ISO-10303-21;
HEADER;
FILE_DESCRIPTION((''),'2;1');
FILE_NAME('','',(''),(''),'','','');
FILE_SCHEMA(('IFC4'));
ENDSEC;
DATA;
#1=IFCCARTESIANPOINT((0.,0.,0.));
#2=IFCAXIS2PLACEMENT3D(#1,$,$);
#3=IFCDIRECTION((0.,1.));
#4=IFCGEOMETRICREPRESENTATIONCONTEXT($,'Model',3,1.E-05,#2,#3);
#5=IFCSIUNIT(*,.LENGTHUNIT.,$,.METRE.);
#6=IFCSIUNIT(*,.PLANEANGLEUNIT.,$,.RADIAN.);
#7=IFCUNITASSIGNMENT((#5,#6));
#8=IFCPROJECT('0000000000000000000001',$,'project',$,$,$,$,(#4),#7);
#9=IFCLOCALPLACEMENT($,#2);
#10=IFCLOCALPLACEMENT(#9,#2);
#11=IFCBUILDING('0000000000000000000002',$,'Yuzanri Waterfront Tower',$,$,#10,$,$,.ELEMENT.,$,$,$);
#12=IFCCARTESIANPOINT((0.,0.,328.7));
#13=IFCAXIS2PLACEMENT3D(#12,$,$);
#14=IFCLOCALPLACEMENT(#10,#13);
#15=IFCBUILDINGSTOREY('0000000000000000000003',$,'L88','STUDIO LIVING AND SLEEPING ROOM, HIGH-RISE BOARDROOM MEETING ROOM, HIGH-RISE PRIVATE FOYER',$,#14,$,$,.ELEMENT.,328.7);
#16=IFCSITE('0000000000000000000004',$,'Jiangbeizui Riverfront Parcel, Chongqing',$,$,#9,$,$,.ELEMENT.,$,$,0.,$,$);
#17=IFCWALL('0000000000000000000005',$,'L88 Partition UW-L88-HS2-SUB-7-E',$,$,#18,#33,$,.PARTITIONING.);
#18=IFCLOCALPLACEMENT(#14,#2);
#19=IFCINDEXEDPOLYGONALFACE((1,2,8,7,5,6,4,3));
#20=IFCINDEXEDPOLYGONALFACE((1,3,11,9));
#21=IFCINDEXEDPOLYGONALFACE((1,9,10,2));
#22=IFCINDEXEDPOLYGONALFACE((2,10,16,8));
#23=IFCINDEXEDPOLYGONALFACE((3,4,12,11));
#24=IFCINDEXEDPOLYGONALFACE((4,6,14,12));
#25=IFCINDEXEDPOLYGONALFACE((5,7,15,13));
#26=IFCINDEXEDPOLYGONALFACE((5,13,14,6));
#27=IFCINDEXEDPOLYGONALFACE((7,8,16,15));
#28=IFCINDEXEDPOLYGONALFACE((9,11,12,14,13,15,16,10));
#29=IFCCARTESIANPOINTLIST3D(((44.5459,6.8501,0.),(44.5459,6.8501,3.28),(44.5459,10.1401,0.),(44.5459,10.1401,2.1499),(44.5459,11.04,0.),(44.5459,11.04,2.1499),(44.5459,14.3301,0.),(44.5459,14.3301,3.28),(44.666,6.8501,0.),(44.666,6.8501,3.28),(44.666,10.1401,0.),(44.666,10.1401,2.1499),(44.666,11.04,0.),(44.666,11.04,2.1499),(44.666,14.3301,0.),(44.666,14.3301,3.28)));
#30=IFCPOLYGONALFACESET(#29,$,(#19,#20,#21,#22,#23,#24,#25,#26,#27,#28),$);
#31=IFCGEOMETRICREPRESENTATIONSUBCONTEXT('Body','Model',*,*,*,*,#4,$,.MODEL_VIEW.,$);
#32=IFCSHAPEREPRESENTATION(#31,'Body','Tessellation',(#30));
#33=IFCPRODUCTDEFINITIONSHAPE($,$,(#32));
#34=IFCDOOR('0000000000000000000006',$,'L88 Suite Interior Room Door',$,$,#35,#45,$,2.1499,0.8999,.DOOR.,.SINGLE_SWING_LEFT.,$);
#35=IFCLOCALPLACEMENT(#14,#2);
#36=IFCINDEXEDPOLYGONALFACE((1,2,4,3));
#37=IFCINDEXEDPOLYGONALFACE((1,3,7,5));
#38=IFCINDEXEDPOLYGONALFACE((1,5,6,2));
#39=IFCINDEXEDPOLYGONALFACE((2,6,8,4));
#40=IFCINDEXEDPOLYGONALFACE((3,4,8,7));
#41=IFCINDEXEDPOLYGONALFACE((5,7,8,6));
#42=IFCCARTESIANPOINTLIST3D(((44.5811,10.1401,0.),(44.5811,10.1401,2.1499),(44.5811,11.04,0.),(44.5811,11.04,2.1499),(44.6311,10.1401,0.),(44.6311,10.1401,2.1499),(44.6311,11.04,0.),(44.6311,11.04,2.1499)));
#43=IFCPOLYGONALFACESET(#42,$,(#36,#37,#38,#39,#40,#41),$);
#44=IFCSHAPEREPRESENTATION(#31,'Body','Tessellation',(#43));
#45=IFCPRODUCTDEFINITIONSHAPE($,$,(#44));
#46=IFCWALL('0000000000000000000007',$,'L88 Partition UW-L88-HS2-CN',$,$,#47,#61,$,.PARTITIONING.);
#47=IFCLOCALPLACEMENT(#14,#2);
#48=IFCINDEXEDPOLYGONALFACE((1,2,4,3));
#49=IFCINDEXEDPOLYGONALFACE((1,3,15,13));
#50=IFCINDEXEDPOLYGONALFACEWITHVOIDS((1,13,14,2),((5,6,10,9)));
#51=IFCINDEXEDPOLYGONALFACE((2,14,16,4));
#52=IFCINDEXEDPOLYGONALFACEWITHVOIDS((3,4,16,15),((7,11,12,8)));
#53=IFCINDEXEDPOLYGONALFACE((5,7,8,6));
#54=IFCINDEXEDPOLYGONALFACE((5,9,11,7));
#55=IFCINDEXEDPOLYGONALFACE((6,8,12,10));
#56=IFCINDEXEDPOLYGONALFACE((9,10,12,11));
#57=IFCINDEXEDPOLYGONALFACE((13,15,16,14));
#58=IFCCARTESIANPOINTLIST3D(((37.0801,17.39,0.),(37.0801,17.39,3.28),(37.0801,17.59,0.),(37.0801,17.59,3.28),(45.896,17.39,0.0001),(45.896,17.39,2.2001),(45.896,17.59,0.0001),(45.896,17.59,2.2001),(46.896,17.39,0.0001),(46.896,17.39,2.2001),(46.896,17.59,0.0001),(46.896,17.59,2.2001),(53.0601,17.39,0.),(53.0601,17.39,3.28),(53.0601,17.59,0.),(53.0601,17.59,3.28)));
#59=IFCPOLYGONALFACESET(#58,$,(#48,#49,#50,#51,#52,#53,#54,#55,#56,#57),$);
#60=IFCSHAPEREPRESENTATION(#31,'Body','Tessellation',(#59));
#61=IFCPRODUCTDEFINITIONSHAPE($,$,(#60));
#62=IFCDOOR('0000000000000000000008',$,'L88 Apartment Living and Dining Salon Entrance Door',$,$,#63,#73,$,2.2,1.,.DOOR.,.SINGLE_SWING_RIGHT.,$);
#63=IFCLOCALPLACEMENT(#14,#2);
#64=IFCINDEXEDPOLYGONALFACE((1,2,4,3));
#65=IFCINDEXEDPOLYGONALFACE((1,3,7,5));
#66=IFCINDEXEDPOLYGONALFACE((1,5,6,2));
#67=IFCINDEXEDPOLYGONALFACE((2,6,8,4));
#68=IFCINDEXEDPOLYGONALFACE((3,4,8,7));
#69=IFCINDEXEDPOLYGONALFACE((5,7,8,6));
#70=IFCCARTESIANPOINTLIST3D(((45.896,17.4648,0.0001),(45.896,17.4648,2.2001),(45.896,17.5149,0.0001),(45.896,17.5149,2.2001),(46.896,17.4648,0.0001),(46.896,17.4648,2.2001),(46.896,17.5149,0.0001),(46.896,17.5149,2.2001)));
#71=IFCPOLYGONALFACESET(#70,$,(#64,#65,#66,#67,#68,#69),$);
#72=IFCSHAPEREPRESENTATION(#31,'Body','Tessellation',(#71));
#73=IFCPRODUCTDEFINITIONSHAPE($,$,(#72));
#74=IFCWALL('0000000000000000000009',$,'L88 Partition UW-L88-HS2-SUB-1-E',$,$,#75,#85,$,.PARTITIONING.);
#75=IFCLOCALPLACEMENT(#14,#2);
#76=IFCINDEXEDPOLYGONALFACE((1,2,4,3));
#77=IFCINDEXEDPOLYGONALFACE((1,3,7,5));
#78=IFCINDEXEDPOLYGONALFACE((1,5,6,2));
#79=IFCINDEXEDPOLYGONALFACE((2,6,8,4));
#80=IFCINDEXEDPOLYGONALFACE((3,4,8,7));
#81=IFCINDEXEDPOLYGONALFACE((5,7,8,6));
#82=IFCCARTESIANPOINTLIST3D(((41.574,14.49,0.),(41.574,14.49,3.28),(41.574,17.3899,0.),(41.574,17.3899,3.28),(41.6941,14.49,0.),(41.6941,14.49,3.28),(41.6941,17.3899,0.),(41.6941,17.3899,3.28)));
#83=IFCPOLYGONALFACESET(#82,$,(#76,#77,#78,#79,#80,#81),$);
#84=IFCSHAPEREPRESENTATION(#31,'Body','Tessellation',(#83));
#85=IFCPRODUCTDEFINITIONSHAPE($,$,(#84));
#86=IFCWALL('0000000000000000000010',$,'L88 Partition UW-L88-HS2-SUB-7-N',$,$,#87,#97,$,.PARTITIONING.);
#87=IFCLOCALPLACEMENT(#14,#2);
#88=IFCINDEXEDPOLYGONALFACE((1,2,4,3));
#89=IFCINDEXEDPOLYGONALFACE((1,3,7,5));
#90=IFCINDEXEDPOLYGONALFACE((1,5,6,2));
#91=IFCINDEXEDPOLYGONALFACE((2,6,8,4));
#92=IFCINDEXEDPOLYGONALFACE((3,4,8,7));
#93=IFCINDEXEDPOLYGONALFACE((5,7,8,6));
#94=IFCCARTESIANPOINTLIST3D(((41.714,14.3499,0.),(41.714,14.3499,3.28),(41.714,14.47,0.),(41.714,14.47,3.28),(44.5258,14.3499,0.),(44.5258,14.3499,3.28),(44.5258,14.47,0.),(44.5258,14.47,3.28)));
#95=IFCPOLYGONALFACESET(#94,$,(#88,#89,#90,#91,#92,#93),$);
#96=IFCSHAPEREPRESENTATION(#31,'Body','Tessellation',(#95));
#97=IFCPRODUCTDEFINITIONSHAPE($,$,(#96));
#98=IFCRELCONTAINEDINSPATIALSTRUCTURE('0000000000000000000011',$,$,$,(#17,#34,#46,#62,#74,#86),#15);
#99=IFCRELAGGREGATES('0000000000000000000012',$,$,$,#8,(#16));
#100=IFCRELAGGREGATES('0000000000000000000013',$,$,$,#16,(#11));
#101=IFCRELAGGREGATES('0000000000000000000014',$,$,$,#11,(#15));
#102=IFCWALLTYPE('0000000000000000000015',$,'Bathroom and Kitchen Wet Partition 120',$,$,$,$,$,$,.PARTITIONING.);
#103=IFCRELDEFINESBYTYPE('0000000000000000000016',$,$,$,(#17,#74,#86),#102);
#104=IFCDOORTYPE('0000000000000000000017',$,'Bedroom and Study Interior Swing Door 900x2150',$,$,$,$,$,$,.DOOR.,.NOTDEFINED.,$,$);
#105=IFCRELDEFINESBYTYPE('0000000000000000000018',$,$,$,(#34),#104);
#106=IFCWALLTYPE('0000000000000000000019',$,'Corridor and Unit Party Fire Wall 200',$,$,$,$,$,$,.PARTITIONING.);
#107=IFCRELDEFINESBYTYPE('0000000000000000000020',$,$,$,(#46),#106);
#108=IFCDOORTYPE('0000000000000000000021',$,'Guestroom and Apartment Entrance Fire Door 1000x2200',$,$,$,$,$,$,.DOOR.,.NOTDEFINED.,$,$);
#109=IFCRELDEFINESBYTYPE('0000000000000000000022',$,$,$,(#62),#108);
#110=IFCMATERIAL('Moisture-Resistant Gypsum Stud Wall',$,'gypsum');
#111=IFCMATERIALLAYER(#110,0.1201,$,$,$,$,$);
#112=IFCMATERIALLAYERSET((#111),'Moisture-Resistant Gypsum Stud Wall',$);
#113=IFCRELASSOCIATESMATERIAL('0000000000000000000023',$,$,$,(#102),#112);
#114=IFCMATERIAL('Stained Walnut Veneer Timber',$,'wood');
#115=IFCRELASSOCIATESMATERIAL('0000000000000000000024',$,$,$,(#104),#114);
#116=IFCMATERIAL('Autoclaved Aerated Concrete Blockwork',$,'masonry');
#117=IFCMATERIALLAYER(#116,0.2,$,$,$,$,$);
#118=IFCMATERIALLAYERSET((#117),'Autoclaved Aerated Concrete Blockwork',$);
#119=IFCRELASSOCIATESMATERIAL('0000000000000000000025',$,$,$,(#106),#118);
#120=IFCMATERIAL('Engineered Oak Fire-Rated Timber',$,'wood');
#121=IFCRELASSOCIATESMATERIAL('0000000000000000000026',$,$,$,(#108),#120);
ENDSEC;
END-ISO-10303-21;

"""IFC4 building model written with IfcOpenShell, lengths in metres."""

from ifc_helpers import new_model, si_unit, direction, frame, frame_2d, origin, place, context, subcontext, project, spatial, rectangle, extrude, source, transform, mapped, material, layer, layer_set, type_object, element, fill, save


model = new_model("IFC4")

# Units and contexts
model_context = context("Model", 3, precision=1e-05, world=origin(), true_north=direction((0.0, 1.0)))
body_context = subcontext(model_context, "Body", "Model", "MODEL_VIEW")
ifc_project = project(units=[si_unit("LENGTHUNIT", "METRE"), si_unit("PLANEANGLEUNIT", "RADIAN")], contexts=[model_context])

# Site, building, storey
site_placement = place(None, origin())
site = spatial("IfcSite", under=ifc_project, at=site_placement, Name="Jiangbeizui Riverfront Parcel, Chongqing", CompositionType="ELEMENT", RefElevation=0.0)
building_placement = place(site_placement, origin())
building = spatial("IfcBuilding", under=site, at=building_placement, Name="Yuzanri Waterfront Tower", CompositionType="ELEMENT")
storey_placement = place(building_placement, frame((0.0, 0.0, 328.7)))
storey = spatial("IfcBuildingStorey", under=building, at=storey_placement, Name="L88", Description="STUDIO LIVING AND SLEEPING ROOM, HIGH-RISE BOARDROOM MEETING ROOM, HIGH-RISE PRIVATE FOYER", CompositionType="ELEMENT", Elevation=328.7)

# Walls, openings, doors
ifc_material_1 = material(Name="Moisture-Resistant Gypsum Stud Wall", Category="gypsum")
ifc_layer_1 = layer(ifc_material_1, 0.1201)
ifc_layer_set_1 = layer_set([ifc_layer_1], Name="Moisture-Resistant Gypsum Stud Wall")
wall_type_1 = type_object("IfcWallType", Name="Bathroom and Kitchen Wet Partition 120", PredefinedType="PARTITIONING", material=ifc_layer_set_1)
ifc_material_2 = material(Name="Stained Walnut Veneer Timber", Category="wood")
door_type_1 = type_object("IfcDoorType", Name="Bedroom and Study Interior Swing Door 900x2150", OperationType="NOTDEFINED", PredefinedType="DOOR", material=ifc_material_2)
shared_shape_1 = source(origin(), body_context, "Body", "SweptSolid", [
    extrude(rectangle(XDim=0.8999, YDim=2.1499, at=frame_2d((0.45, 1.075))), frame((0.0, 0.0249, 0.0), z_axis=(0.0, -1.0, 0.0), x_axis=(1.0, 0.0, 0.0)), (0.0, 0.0, 1.0), 0.05),
])
wall_1_placement = place(storey_placement, frame((44.606, 6.8501, 0.0), z_axis=(0.0, 0.0, 1.0), x_axis=(0.0, 1.0, 0.0)))
wall_1 = element("IfcWall", 1, at=wall_1_placement, inside=storey, type_object=wall_type_1, Name="L88 Partition UW-L88-HS2-SUB-7-E", PredefinedType="PARTITIONING", context=body_context, shape_type="SweptSolid", body=[
    extrude(rectangle(XDim=7.48, YDim=0.1201, at=frame_2d((3.74, 0.0))), origin(), (0.0, 0.0, 1.0), 3.28),
])
opening_1_placement = place(wall_1_placement, frame((3.29, 0.0, 0.0)))
opening_1 = element("IfcOpeningElement", 2, at=opening_1_placement, cuts=wall_1, PredefinedType="OPENING", context=body_context, shape_type="SweptSolid", body=[
    extrude(rectangle(XDim=0.8999, YDim=2.1499, at=frame_2d((0.45, 1.075))), frame((0.0, 0.075, 0.0), z_axis=(0.0, -1.0, 0.0), x_axis=(1.0, 0.0, 0.0)), (0.0, 0.0, 1.0), 0.1499),
])
door_1_placement = place(opening_1_placement, origin())
door_1 = element("IfcDoor", 3, at=door_1_placement, inside=storey, type_object=door_type_1, Name="L88 Suite Interior Room Door", OperationType="SINGLE_SWING_LEFT", OverallHeight=2.1499, OverallWidth=0.8999, PredefinedType="DOOR", context=body_context, shape_type="MappedRepresentation", body=[
    mapped(shared_shape_1, transform((0.0, 0.0, 0.0), scale=1.0)),
])
fill(opening_1, door_1)
ifc_material_3 = material(Name="Autoclaved Aerated Concrete Blockwork", Category="masonry")
ifc_layer_2 = layer(ifc_material_3, 0.2)
ifc_layer_set_2 = layer_set([ifc_layer_2], Name="Autoclaved Aerated Concrete Blockwork")
wall_type_2 = type_object("IfcWallType", Name="Corridor and Unit Party Fire Wall 200", PredefinedType="PARTITIONING", material=ifc_layer_set_2)
wall_2_placement = place(storey_placement, frame((37.0801, 17.49, 0.0), z_axis=(0.0, 0.0, 1.0), x_axis=(1.0, 0.0, 0.0)))
wall_2 = element("IfcWall", 4, at=wall_2_placement, inside=storey, type_object=wall_type_2, Name="L88 Partition UW-L88-HS2-CN", PredefinedType="PARTITIONING", context=body_context, shape_type="SweptSolid", body=[
    extrude(rectangle(XDim=15.98, YDim=0.2, at=frame_2d((7.99, 0.0))), origin(), (0.0, 0.0, 1.0), 3.28),
])
opening_2_placement = place(wall_2_placement, frame((8.8159, 0.0, 0.0)))
opening_2 = element("IfcOpeningElement", 5, at=opening_2_placement, cuts=wall_2, PredefinedType="OPENING", context=body_context, shape_type="SweptSolid", body=[
    extrude(rectangle(XDim=1.0, YDim=2.2, at=frame_2d((0.5, 1.1001))), frame((0.0, 0.1147, 0.0), z_axis=(0.0, -1.0, 0.0), x_axis=(1.0, 0.0, 0.0)), (0.0, 0.0, 1.0), 0.2297),
])
ifc_material_4 = material(Name="Engineered Oak Fire-Rated Timber", Category="wood")
door_type_2 = type_object("IfcDoorType", Name="Guestroom and Apartment Entrance Fire Door 1000x2200", OperationType="NOTDEFINED", PredefinedType="DOOR", material=ifc_material_4)
shared_shape_2 = source(origin(), body_context, "Body", "SweptSolid", [
    extrude(rectangle(XDim=1.0, YDim=2.2, at=frame_2d((0.5, 1.1001))), frame((0.0, 0.0249, 0.0), z_axis=(0.0, -1.0, 0.0), x_axis=(1.0, 0.0, 0.0)), (0.0, 0.0, 1.0), 0.05),
])
door_2_placement = place(opening_2_placement, origin())
door_2 = element("IfcDoor", 6, at=door_2_placement, inside=storey, type_object=door_type_2, Name="L88 Apartment Living and Dining Salon Entrance Door", OperationType="SINGLE_SWING_RIGHT", OverallHeight=2.2, OverallWidth=1.0, PredefinedType="DOOR", context=body_context, shape_type="MappedRepresentation", body=[
    mapped(shared_shape_2, transform((0.0, 0.0, 0.0), scale=1.0)),
])
fill(opening_2, door_2)

# Walls
shared_shape_3 = source(origin(), body_context, "Body", "SweptSolid", [
    extrude(rectangle(XDim=2.8999, YDim=0.1201, at=frame_2d((1.45, 0.0))), origin(), (0.0, 0.0, 1.0), 3.28),
])
wall_3_placement = place(storey_placement, frame((41.634, 14.49, 0.0), z_axis=(0.0, 0.0, 1.0), x_axis=(0.0, 1.0, 0.0)))
element("IfcWall", 7, at=wall_3_placement, inside=storey, type_object=wall_type_1, Name="L88 Partition UW-L88-HS2-SUB-1-E", PredefinedType="PARTITIONING", context=body_context, shape_type="MappedRepresentation", body=[
    mapped(shared_shape_3, transform((0.0, 0.0, 0.0), scale=1.0)),
])
shared_shape_4 = source(origin(), body_context, "Body", "SweptSolid", [
    extrude(rectangle(XDim=2.8118, YDim=0.1201, at=frame_2d((1.4058, 0.0))), origin(), (0.0, 0.0, 1.0), 3.28),
])
wall_4_placement = place(storey_placement, frame((41.7141, 14.4099, 0.0), z_axis=(0.0, 0.0, 1.0), x_axis=(1.0, 0.0, 0.0)))
element("IfcWall", 8, at=wall_4_placement, inside=storey, type_object=wall_type_1, Name="L88 Partition UW-L88-HS2-SUB-7-N", PredefinedType="PARTITIONING", context=body_context, shape_type="MappedRepresentation", body=[
    mapped(shared_shape_4, transform((0.0, 0.0, 0.0), scale=1.0)),
])

save(model, "model.ifc")
